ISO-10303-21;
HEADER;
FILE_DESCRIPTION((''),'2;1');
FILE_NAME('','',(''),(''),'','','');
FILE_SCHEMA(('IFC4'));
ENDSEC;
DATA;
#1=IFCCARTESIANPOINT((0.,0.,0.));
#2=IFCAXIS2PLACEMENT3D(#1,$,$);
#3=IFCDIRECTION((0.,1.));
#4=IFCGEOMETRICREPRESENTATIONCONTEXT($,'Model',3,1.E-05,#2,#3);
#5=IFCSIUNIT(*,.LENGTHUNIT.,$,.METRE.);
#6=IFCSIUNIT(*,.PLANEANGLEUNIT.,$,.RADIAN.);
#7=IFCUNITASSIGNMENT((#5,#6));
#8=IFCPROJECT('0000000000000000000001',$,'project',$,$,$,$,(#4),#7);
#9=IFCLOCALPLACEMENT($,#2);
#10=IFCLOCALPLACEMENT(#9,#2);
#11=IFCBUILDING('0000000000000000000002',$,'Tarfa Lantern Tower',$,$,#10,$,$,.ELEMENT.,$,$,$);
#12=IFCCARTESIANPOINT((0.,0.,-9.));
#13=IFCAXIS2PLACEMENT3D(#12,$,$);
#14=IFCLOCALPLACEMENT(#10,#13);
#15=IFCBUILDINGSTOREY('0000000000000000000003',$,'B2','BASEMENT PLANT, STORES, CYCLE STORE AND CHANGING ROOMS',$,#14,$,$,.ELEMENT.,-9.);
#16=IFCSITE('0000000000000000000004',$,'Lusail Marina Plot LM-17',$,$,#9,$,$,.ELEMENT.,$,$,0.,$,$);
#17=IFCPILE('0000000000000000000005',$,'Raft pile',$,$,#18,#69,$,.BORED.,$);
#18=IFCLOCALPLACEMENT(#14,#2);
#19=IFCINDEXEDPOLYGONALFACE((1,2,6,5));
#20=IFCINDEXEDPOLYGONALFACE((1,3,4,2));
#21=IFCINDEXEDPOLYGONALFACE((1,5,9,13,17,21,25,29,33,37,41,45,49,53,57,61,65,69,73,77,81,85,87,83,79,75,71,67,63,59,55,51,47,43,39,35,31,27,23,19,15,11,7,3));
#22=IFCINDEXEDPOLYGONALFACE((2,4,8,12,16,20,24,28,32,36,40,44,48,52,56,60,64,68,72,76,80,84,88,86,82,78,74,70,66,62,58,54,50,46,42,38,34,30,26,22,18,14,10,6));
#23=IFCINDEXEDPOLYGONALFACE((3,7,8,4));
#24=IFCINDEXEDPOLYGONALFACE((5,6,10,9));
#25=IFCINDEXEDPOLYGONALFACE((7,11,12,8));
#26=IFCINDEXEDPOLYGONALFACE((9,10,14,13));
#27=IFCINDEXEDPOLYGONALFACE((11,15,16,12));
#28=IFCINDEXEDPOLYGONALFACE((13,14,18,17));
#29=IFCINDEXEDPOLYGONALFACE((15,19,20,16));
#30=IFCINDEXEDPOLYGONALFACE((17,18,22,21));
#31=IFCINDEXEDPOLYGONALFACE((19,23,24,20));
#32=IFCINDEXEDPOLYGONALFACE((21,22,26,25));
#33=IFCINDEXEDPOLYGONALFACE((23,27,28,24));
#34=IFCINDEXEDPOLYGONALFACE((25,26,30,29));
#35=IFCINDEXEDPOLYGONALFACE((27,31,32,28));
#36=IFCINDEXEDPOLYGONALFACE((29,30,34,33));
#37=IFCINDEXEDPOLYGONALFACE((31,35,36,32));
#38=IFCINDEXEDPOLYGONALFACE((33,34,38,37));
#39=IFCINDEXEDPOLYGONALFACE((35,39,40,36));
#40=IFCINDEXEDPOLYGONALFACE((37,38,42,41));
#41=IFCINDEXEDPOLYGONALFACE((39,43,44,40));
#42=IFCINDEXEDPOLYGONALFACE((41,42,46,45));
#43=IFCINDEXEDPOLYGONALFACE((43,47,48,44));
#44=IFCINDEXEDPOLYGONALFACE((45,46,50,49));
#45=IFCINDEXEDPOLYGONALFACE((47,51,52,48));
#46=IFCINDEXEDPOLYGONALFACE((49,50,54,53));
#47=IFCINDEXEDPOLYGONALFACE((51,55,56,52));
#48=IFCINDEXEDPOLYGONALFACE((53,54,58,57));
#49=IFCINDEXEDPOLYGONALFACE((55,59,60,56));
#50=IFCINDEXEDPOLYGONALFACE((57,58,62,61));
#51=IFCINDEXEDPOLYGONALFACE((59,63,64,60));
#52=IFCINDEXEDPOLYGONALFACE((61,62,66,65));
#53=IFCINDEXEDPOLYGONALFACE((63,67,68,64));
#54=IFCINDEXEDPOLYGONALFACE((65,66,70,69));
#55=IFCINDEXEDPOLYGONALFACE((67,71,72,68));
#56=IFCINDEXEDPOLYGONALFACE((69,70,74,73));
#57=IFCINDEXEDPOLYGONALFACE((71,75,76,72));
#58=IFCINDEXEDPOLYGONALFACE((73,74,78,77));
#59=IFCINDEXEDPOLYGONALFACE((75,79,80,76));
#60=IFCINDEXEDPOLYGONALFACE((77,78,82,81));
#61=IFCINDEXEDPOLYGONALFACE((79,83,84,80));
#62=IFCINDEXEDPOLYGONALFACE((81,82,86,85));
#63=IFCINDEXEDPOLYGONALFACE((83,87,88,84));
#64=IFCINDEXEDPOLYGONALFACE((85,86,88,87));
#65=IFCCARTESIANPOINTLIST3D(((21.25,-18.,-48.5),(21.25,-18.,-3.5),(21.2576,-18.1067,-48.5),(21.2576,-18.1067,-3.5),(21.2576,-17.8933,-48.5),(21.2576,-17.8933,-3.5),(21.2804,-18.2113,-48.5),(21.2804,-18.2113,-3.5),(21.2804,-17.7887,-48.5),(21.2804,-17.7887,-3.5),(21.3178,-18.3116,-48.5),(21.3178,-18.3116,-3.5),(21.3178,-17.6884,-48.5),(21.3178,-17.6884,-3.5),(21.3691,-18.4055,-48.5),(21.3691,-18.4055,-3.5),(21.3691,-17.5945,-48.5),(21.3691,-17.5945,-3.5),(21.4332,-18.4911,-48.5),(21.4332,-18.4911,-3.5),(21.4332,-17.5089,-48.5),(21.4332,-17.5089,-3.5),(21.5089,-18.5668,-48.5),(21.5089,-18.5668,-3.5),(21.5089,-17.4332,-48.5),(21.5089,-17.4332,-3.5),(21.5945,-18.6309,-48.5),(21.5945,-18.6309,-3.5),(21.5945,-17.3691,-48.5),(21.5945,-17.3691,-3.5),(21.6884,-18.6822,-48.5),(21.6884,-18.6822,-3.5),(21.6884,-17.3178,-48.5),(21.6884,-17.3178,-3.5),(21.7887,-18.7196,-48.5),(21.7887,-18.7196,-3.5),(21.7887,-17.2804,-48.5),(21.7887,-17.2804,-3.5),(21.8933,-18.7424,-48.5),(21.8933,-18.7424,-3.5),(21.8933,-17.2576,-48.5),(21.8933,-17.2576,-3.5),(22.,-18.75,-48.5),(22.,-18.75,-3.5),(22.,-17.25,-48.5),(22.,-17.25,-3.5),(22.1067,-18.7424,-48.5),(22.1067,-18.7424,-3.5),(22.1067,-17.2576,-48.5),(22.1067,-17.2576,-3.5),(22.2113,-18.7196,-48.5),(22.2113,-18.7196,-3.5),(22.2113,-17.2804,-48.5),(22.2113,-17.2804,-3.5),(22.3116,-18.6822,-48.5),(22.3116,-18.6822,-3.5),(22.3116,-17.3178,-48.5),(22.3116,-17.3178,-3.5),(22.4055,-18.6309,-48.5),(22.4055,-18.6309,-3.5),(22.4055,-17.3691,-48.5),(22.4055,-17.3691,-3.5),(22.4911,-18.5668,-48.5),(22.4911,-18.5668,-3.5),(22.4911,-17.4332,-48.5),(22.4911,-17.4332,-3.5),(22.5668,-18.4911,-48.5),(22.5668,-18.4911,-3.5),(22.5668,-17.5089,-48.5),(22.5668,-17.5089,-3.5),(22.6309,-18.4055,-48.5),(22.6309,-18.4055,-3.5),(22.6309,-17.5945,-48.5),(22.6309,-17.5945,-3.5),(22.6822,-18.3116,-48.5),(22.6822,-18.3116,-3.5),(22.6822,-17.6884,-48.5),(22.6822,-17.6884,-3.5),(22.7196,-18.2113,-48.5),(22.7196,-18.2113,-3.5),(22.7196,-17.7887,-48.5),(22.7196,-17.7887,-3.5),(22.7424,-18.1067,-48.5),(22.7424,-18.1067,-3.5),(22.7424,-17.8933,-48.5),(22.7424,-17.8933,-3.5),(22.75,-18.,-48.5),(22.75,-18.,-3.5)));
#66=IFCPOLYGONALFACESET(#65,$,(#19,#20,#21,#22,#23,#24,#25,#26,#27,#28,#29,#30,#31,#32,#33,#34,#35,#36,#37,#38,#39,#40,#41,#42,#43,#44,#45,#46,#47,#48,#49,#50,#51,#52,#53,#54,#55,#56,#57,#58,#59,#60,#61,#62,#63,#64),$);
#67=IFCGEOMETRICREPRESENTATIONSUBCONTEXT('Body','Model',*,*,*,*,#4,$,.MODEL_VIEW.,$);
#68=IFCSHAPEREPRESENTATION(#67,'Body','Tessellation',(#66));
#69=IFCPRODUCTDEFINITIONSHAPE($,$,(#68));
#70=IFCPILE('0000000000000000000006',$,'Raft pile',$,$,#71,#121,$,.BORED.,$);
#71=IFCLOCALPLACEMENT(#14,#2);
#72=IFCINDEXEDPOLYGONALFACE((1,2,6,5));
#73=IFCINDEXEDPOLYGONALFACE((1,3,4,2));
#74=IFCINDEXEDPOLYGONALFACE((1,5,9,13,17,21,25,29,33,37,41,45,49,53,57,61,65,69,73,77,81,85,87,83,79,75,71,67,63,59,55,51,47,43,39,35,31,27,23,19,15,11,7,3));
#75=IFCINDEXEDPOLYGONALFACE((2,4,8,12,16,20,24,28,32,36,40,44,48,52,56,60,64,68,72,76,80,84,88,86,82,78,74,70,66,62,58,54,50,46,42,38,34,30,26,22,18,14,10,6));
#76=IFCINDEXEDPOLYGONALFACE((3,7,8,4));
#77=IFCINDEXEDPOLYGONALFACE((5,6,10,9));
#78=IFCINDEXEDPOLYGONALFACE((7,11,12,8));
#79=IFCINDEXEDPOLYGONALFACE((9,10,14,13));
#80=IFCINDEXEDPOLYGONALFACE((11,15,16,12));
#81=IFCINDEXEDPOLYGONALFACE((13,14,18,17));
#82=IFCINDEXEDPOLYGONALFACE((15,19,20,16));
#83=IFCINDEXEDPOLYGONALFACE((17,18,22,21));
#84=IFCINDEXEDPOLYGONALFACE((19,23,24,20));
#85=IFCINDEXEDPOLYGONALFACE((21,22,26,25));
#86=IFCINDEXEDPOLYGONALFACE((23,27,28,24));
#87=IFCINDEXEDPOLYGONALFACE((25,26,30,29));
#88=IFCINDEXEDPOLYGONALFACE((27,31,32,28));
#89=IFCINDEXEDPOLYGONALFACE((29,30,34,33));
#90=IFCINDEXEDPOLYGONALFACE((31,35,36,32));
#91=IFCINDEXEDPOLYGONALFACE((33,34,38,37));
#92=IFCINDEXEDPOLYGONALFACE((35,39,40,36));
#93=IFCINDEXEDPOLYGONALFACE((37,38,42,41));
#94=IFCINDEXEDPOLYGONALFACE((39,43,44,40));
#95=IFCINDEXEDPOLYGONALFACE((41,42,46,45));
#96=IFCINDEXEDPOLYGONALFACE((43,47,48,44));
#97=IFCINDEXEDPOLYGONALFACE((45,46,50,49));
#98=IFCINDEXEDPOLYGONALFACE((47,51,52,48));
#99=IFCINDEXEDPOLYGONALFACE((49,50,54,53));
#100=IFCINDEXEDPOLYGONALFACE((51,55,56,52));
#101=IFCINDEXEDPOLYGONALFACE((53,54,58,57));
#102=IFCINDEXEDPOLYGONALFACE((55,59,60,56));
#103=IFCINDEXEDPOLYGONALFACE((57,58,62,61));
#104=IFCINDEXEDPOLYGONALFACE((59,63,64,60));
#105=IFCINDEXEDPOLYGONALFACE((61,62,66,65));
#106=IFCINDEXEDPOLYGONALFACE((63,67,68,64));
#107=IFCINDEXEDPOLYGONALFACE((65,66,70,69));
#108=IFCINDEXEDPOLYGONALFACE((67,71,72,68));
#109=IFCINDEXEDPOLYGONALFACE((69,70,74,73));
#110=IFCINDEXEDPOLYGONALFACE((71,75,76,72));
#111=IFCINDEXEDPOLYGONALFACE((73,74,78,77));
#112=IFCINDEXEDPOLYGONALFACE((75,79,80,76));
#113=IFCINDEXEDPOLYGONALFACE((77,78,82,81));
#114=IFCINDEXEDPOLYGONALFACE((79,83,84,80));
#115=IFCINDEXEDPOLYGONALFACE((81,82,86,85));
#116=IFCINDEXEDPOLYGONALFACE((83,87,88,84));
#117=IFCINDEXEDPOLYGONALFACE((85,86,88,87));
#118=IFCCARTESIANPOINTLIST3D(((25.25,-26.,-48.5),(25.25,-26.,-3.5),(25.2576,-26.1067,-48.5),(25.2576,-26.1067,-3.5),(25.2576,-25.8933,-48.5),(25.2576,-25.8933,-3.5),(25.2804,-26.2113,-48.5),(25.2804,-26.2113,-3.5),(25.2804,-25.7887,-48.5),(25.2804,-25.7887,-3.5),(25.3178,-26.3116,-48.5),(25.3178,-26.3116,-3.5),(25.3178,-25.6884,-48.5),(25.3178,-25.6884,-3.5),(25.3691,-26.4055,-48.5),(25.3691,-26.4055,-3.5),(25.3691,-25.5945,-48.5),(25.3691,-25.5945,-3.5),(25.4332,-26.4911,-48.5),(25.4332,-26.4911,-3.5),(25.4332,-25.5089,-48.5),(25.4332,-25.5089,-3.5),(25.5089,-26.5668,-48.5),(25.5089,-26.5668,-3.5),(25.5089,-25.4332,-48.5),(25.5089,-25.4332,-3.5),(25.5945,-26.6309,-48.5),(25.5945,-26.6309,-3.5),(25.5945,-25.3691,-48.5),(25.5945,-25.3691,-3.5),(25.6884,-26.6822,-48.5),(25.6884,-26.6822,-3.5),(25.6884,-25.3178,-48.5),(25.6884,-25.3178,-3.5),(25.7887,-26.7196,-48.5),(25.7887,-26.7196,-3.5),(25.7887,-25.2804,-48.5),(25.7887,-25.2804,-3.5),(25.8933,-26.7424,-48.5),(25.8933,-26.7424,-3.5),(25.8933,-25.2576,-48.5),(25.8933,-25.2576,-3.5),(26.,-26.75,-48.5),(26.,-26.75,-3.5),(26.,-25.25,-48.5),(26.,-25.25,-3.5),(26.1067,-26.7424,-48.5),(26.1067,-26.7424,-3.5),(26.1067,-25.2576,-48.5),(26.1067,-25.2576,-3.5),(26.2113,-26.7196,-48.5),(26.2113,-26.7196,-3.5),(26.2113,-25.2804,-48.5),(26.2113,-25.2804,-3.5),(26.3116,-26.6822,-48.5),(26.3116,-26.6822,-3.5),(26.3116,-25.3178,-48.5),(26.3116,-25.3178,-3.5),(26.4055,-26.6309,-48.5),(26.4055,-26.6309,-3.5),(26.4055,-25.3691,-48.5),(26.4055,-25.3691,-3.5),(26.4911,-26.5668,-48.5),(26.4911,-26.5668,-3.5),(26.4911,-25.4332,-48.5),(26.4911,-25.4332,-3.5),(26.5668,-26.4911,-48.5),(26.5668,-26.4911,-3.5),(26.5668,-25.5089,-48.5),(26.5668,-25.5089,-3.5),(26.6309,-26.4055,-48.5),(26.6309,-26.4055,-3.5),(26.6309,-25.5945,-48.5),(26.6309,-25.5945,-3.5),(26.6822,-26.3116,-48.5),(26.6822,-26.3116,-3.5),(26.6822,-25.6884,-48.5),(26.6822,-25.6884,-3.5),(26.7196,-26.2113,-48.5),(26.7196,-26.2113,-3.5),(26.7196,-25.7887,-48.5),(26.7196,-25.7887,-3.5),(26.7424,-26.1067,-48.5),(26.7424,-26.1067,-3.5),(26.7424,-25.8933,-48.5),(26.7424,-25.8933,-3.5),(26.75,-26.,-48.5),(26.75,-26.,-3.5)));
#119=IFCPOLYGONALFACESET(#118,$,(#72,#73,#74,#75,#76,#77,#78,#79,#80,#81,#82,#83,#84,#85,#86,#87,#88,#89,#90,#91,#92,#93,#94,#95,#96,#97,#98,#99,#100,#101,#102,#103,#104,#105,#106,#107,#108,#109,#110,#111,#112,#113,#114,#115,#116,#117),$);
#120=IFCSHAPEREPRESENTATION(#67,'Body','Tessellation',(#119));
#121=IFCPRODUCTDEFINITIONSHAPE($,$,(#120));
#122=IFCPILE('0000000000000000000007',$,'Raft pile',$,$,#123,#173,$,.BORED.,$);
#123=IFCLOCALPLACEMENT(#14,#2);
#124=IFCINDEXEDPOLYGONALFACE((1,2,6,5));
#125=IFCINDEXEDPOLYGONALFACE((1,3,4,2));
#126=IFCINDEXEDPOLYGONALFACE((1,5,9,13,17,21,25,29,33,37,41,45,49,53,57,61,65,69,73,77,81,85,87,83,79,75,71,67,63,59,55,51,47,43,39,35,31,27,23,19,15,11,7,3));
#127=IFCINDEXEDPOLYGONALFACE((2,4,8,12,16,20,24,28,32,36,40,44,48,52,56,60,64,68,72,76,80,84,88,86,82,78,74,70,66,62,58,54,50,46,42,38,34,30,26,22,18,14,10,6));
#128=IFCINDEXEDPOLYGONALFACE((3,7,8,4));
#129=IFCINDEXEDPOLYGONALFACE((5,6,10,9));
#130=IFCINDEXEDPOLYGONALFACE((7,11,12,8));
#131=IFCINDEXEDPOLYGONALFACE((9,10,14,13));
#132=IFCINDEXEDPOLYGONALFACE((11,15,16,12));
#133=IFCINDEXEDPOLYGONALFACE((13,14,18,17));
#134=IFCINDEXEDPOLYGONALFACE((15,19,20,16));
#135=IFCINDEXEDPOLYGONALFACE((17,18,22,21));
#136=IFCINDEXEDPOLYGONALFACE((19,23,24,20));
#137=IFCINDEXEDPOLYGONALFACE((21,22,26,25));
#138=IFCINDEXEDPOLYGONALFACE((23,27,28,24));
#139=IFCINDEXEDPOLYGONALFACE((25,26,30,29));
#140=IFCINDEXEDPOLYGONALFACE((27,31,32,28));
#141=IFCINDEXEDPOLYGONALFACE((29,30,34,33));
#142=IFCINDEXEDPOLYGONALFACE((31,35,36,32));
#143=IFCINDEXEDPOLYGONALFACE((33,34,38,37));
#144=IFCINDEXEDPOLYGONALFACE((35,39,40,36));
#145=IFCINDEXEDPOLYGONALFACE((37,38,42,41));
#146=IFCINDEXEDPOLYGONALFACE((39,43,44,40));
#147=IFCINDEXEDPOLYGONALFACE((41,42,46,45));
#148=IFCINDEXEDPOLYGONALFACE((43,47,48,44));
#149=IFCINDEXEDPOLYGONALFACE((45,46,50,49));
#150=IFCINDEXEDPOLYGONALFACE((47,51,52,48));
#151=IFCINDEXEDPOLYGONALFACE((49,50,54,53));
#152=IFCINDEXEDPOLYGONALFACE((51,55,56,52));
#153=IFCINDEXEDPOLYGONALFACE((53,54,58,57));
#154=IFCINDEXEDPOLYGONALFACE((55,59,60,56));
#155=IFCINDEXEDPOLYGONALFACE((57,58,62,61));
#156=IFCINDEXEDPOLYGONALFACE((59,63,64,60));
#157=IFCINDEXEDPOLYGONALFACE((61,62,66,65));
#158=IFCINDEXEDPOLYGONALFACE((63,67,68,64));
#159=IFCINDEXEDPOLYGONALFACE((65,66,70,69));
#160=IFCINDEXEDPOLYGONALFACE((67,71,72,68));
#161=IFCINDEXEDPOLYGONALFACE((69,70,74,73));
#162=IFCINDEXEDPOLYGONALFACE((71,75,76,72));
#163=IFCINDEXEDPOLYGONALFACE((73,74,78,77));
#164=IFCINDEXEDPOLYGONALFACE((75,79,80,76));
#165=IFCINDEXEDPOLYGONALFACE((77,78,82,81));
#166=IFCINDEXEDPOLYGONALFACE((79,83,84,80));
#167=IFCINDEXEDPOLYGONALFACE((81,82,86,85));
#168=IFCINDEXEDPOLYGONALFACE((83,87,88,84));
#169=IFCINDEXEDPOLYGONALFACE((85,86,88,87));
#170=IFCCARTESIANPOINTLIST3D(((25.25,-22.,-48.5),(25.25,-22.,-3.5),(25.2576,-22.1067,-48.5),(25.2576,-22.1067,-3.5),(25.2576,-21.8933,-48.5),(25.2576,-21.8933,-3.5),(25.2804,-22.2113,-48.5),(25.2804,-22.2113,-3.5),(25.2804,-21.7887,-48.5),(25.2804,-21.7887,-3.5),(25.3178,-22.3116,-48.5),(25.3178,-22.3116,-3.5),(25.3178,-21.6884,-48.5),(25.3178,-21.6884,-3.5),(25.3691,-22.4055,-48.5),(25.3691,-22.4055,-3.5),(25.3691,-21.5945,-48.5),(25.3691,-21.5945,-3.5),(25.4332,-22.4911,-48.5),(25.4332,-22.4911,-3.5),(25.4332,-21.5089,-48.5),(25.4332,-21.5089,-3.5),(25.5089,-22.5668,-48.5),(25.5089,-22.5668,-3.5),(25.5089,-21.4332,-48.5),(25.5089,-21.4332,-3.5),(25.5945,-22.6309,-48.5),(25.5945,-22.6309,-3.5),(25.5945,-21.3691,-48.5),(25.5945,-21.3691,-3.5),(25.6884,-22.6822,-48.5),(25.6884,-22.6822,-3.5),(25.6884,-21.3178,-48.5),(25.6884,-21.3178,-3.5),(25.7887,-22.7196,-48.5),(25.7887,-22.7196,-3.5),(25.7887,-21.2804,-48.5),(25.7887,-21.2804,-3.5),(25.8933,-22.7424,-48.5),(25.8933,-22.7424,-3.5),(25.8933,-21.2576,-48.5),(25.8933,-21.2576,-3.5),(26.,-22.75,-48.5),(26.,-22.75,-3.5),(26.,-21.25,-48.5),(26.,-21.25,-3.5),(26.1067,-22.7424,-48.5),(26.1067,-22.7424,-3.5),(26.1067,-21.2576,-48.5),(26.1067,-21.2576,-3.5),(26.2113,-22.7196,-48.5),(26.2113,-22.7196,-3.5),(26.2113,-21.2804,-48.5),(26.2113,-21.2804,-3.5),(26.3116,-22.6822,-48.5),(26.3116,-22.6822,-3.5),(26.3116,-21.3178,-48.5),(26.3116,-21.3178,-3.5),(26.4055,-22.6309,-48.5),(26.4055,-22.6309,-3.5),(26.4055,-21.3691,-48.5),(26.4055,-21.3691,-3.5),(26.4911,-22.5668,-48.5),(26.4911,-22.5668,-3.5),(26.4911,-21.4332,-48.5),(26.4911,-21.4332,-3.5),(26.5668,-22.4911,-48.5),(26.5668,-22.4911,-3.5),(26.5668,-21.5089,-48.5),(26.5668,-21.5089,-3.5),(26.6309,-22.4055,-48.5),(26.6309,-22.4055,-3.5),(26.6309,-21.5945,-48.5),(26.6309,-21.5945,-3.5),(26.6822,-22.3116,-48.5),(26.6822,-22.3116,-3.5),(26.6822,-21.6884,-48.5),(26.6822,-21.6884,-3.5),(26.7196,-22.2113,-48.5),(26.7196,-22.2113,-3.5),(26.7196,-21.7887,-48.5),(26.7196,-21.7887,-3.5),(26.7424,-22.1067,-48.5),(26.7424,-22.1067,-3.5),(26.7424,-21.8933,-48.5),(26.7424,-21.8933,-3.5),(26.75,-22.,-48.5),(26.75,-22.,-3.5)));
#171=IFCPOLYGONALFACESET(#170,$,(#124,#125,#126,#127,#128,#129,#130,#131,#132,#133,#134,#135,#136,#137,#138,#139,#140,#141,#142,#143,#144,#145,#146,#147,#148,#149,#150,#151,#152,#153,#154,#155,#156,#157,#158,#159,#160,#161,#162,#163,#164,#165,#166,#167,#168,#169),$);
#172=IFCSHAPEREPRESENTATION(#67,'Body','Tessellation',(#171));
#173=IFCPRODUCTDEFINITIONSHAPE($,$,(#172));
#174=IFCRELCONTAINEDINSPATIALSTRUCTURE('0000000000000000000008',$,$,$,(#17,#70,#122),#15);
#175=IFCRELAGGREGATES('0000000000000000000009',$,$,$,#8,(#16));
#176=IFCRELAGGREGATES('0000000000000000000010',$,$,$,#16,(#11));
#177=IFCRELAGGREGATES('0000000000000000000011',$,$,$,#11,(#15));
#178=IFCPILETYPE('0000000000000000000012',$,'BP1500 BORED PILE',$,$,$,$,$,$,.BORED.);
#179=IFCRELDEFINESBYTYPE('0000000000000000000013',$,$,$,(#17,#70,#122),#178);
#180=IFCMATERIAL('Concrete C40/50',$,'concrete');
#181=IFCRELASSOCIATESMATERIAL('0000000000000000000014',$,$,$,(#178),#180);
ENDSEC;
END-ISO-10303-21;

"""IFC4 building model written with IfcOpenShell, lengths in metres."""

from ifc_helpers import new_model, si_unit, direction, frame, origin, origin_2d, place, context, subcontext, project, spatial, circle, extrude, material, material_profile, profile_set, type_object, element, save


model = new_model("IFC4")

# Units and contexts
model_context = context("Model", 3, precision=1e-05, world=origin(), true_north=direction((0.0, 1.0)))
body_context = subcontext(model_context, "Body", "Model", "MODEL_VIEW")
ifc_project = project(units=[si_unit("LENGTHUNIT", "METRE"), si_unit("PLANEANGLEUNIT", "RADIAN")], contexts=[model_context])

# Site, building, storey
site_placement = place(None, origin())
site = spatial("IfcSite", under=ifc_project, at=site_placement, Name="Lusail Marina Plot LM-17", CompositionType="ELEMENT", RefElevation=0.0)
building_placement = place(site_placement, origin())
building = spatial("IfcBuilding", under=site, at=building_placement, Name="Tarfa Lantern Tower", CompositionType="ELEMENT")
storey_placement = place(building_placement, frame((0.0, 0.0, -9.0)))
storey = spatial("IfcBuildingStorey", under=building, at=storey_placement, Name="B2", Description="BASEMENT PLANT, STORES, CYCLE STORE AND CHANGING ROOMS", CompositionType="ELEMENT", Elevation=-9.0)

# Piles
ifc_material_1 = material(Name="Concrete C40/50", Category="concrete")
ifc_material_profile_1 = material_profile(ifc_material_1, circle(Radius=0.75, at=origin_2d()), Name="BORED PILE D1500")
ifc_profile_set_1 = profile_set([ifc_material_profile_1], Name="Concrete C40/50")
pile_type_1 = type_object("IfcPileType", Name="BP1500 BORED PILE", PredefinedType="BORED", material=ifc_profile_set_1)
for number, where, z_axis, x_axis, name in (
    (1, (22.0, -18.0, -3.5), (0.0, 0.0, -1.0), (1.0, 0.0, 0.0), "Raft pile"),
    (2, (26.0, -26.0, -3.5), (0.0, 0.0, -1.0), (1.0, 0.0, 0.0), "Raft pile"),
    (3, (26.0, -22.0, -3.5), (0.0, 0.0, -1.0), (1.0, 0.0, 0.0), "Raft pile"),
):
    element("IfcPile", number, at=place(storey_placement, frame(where, z_axis=z_axis, x_axis=x_axis)), inside=storey, type_object=pile_type_1, Name=name, PredefinedType="BORED", context=body_context, shape_type="SweptSolid", body=[
        extrude(circle(Radius=0.75, at=origin_2d()), origin(), (0.0, 0.0, 1.0), 45.0),
    ])

save(model, "model.ifc")
